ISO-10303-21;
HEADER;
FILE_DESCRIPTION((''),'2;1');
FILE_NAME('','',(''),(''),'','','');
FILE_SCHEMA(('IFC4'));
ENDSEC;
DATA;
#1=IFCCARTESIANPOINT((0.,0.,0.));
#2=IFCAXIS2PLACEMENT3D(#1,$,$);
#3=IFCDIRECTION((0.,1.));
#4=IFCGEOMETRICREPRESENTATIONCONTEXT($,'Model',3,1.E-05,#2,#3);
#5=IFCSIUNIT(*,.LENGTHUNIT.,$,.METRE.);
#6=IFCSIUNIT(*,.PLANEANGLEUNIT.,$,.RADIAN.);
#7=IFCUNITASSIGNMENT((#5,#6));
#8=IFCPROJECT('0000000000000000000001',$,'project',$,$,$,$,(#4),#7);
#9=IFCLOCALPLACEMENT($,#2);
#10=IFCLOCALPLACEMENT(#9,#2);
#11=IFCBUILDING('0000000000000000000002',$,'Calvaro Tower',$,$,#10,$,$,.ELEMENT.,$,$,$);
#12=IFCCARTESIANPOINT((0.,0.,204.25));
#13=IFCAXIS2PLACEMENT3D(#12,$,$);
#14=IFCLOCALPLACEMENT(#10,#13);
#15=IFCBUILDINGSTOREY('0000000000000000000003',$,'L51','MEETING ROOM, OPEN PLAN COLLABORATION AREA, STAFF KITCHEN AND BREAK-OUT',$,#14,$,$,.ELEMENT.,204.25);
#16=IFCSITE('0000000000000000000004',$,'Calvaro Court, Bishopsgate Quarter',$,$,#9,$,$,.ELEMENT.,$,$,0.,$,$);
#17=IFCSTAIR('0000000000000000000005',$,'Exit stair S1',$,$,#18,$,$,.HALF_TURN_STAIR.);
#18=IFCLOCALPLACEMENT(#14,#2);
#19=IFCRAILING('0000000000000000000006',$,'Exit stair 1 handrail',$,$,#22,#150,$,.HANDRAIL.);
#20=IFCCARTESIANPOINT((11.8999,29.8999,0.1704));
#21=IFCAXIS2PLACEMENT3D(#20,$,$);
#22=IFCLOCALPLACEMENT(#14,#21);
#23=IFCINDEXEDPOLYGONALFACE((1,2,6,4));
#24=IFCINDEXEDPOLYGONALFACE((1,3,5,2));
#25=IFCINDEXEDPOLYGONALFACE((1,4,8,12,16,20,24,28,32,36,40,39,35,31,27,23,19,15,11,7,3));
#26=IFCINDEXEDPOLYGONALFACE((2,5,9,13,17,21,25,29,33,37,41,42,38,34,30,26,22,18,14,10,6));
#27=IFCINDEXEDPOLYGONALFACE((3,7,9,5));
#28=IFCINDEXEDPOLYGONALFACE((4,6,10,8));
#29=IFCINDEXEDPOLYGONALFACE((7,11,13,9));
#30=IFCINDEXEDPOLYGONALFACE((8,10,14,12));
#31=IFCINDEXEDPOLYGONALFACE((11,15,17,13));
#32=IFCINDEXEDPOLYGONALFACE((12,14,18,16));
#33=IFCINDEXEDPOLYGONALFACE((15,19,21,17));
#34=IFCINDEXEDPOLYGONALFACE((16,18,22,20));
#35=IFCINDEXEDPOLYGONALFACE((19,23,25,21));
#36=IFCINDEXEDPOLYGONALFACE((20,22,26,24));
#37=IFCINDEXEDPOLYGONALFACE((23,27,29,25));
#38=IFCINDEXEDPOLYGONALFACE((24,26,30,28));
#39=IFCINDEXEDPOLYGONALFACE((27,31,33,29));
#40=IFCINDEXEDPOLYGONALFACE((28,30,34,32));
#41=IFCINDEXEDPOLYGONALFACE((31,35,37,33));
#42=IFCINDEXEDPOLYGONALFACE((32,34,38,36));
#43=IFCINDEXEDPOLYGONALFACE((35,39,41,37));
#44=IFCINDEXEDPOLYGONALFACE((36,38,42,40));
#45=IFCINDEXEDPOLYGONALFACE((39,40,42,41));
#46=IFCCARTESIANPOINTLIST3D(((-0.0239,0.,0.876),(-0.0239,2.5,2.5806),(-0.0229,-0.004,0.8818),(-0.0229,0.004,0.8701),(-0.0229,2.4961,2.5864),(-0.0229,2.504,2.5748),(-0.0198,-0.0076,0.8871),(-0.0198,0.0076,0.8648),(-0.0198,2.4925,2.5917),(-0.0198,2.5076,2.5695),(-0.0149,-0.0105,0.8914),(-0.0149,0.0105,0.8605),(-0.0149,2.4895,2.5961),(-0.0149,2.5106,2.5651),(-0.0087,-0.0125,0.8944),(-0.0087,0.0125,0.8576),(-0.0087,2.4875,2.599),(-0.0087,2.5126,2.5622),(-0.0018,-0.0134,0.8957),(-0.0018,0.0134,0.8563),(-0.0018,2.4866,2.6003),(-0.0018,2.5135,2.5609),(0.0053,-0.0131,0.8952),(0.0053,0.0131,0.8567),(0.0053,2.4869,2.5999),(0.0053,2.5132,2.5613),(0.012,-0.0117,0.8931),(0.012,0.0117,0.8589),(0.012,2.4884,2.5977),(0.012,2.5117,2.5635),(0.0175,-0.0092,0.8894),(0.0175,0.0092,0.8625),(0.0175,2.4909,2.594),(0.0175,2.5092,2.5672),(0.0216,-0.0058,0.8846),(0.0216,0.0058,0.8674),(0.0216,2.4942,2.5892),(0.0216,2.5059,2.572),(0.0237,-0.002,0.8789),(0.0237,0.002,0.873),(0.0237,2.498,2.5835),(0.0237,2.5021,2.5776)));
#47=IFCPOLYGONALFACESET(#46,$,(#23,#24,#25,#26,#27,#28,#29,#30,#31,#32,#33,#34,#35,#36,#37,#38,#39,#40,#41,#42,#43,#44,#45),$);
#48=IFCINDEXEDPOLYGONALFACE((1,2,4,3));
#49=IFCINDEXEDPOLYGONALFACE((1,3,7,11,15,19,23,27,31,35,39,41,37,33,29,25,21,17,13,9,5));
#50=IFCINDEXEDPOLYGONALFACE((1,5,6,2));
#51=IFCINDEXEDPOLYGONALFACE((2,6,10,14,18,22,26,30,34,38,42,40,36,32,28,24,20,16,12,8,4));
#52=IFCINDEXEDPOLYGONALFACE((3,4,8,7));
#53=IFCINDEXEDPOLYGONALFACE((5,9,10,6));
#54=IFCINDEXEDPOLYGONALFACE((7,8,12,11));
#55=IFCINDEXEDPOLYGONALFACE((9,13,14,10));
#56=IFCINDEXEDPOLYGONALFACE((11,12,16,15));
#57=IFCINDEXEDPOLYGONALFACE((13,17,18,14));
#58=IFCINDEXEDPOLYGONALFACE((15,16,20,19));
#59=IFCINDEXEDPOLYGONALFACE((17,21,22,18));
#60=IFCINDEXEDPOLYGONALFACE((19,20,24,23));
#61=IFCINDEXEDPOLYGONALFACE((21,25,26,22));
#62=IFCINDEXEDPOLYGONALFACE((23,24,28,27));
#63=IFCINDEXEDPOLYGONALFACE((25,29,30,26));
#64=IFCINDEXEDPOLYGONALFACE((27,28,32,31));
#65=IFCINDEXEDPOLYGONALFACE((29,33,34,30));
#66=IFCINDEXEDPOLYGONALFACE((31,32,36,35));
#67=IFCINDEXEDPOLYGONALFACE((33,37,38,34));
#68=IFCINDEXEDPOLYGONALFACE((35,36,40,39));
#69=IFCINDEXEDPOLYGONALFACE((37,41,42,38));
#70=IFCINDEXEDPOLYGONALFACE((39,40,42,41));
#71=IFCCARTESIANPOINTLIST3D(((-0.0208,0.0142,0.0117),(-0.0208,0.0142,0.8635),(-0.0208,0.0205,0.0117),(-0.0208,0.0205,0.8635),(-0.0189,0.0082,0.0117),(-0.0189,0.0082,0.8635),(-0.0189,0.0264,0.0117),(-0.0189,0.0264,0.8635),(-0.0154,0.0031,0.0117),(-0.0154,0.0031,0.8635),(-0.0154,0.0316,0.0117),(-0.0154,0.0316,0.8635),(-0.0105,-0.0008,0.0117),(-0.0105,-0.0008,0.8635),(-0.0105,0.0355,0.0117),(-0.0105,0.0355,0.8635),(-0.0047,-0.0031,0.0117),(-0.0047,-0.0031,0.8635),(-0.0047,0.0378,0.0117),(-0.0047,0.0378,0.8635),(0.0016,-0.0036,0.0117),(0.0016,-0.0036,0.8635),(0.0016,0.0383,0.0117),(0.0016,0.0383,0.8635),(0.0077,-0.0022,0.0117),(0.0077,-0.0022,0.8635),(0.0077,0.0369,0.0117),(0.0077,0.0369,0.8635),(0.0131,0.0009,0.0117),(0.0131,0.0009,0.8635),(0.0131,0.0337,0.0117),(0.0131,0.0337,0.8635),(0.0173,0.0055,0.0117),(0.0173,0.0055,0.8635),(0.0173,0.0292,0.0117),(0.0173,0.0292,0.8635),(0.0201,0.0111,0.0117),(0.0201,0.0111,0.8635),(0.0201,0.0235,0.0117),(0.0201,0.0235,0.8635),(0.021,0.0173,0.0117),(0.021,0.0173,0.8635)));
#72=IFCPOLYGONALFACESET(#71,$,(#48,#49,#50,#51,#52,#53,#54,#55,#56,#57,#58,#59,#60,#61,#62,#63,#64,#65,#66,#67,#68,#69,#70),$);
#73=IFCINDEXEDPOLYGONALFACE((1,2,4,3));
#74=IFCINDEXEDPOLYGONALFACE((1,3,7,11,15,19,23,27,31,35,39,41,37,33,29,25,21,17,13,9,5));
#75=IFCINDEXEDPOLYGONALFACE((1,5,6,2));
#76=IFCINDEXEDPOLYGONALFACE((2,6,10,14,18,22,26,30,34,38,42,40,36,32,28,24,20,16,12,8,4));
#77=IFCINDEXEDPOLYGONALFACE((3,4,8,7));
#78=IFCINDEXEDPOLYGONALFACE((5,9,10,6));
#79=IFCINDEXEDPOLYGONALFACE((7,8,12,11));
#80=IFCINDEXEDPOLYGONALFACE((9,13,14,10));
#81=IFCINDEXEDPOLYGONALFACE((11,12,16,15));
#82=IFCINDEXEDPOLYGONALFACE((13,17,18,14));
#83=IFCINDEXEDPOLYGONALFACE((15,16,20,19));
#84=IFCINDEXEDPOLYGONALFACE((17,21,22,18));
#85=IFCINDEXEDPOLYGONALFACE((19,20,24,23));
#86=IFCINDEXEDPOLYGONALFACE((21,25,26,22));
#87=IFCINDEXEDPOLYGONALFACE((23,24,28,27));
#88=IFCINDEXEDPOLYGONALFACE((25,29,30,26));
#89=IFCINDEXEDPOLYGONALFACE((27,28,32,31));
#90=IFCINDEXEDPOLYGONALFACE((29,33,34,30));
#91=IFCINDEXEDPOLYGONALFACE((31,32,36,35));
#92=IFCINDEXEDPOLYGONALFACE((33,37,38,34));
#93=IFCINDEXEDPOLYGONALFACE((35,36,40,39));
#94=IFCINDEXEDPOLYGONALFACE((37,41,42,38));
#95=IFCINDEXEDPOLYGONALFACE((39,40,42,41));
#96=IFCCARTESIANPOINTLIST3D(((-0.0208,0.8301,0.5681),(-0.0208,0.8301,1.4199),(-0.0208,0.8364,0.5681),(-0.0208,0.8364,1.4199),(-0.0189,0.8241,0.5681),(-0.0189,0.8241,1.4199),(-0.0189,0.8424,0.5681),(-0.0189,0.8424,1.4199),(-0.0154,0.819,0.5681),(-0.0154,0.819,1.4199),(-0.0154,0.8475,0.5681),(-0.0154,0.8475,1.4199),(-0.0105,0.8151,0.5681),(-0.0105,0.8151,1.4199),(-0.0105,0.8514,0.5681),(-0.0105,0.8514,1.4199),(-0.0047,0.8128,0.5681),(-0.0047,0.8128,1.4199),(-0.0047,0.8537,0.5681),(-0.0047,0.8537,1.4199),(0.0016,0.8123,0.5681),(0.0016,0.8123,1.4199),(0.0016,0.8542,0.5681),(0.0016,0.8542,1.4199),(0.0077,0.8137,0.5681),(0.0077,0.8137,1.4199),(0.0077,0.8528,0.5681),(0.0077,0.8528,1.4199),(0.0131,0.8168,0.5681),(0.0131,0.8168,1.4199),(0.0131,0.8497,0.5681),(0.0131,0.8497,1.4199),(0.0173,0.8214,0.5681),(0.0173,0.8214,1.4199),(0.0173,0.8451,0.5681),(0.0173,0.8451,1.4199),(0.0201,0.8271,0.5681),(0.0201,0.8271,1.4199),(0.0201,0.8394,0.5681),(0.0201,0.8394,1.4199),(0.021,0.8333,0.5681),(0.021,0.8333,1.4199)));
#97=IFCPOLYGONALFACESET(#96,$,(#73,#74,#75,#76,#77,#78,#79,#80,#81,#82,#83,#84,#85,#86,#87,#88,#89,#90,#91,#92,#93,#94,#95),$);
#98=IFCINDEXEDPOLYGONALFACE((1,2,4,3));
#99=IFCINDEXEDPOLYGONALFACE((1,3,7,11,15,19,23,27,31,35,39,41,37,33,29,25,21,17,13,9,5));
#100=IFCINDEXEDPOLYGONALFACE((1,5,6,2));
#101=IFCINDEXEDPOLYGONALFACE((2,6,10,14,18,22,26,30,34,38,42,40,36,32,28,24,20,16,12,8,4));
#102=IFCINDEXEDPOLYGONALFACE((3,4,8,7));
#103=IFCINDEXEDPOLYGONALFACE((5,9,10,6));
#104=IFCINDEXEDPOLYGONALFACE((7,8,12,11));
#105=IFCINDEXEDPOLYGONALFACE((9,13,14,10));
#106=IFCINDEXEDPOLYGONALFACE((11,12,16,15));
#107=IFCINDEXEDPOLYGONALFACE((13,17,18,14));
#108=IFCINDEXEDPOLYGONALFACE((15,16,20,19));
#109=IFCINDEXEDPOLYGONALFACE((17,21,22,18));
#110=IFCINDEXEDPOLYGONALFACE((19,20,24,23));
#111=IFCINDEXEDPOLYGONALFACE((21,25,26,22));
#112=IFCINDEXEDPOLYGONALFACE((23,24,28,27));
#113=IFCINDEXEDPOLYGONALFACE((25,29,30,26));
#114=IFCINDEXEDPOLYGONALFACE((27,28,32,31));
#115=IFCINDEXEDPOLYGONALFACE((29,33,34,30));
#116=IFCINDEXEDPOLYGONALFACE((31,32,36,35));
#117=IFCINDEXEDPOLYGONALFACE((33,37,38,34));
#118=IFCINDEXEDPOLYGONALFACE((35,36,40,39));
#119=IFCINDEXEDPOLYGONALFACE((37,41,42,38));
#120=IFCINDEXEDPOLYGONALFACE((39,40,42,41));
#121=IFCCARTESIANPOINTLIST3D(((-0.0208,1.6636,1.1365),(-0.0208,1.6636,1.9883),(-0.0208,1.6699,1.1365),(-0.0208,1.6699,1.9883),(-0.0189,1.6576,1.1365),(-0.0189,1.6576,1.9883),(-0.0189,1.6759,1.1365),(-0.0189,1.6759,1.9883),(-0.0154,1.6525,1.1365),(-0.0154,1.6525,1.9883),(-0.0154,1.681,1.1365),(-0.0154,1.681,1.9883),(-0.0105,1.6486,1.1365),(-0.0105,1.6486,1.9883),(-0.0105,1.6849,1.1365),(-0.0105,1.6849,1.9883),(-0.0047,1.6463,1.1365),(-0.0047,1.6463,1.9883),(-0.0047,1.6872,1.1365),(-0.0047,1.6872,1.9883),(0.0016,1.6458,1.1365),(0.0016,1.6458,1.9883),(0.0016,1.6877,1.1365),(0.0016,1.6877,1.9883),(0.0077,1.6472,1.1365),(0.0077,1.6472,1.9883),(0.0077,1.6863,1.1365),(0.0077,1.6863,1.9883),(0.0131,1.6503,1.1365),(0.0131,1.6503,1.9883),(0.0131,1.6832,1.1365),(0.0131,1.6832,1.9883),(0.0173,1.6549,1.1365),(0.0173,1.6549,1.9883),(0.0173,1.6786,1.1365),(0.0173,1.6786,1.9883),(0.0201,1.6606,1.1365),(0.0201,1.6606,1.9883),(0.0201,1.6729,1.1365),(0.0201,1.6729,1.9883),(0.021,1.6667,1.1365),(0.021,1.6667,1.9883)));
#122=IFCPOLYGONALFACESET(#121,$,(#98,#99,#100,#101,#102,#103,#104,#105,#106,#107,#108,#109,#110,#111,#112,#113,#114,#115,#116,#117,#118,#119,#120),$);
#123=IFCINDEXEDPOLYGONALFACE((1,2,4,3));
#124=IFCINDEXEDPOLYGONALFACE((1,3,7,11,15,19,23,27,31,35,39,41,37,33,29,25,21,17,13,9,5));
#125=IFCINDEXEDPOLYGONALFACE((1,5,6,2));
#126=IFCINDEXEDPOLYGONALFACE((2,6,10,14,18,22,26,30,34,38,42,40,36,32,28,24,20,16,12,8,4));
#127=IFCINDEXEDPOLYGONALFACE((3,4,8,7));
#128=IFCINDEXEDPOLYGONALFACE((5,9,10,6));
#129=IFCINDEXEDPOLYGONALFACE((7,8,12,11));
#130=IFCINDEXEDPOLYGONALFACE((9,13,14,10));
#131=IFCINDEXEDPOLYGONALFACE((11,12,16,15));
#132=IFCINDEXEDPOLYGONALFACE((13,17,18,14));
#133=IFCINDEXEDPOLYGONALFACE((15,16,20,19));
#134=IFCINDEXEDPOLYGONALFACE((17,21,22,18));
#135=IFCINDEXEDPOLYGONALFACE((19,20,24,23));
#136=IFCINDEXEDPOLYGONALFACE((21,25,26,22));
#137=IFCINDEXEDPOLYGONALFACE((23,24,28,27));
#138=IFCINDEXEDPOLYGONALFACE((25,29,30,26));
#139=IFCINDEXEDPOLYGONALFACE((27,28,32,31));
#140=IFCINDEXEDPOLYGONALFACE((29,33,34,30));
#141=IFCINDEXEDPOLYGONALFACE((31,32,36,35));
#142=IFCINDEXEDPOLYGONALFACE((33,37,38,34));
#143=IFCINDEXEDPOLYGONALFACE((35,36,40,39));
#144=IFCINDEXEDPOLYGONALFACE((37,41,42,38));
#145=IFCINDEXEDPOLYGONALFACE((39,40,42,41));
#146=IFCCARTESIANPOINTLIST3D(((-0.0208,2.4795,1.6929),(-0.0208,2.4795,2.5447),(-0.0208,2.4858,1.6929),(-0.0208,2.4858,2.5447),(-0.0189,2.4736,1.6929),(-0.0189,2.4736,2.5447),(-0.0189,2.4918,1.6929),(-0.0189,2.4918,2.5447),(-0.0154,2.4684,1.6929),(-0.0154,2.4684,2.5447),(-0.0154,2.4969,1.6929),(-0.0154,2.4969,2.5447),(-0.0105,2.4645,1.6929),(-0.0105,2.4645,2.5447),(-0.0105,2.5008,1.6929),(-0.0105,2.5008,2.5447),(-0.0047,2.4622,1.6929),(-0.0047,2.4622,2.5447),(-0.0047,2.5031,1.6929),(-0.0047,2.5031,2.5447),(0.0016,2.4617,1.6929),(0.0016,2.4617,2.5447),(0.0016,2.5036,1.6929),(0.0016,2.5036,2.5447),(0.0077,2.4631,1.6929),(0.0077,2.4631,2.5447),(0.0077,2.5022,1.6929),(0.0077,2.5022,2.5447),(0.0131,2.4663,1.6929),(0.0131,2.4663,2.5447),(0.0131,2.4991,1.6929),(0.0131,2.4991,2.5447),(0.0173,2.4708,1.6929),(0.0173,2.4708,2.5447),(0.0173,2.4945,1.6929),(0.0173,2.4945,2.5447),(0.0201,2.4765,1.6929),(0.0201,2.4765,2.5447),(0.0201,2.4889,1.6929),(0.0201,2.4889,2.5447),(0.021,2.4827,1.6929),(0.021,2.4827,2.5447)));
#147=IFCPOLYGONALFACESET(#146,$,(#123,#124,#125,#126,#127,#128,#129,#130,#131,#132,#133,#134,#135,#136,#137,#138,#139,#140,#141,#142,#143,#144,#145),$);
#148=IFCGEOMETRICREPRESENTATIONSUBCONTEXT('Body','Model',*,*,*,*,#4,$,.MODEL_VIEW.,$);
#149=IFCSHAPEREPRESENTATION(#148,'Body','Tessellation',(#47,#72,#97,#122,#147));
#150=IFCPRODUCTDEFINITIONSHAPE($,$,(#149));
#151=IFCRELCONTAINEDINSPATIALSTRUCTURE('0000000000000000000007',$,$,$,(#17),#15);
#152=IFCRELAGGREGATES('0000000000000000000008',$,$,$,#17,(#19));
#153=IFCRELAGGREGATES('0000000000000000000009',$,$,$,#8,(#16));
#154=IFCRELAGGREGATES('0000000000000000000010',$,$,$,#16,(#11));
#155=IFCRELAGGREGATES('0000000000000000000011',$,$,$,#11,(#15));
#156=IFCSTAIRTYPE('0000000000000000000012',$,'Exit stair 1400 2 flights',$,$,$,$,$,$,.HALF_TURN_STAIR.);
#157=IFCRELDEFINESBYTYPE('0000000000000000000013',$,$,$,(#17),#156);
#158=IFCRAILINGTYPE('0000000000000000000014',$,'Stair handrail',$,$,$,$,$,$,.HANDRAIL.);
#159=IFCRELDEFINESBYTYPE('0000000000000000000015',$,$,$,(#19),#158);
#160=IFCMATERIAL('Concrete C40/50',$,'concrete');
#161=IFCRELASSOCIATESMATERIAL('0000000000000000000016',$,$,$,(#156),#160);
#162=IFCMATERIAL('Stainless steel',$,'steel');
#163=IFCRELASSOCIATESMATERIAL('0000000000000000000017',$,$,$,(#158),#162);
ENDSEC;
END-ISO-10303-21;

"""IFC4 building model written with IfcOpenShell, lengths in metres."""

from ifc_helpers import new_model, si_unit, direction, frame, origin, origin_2d, place, context, subcontext, project, spatial, circle, extrude, material, type_object, element, aggregate, save


model = new_model("IFC4")

# Units and contexts
model_context = context("Model", 3, precision=1e-05, world=origin(), true_north=direction((0.0, 1.0)))
body_context = subcontext(model_context, "Body", "Model", "MODEL_VIEW")
ifc_project = project(units=[si_unit("LENGTHUNIT", "METRE"), si_unit("PLANEANGLEUNIT", "RADIAN")], contexts=[model_context])

# Site, building, storey
site_placement = place(None, origin())
site = spatial("IfcSite", under=ifc_project, at=site_placement, Name="Calvaro Court, Bishopsgate Quarter", CompositionType="ELEMENT", RefElevation=0.0)
building_placement = place(site_placement, origin())
building = spatial("IfcBuilding", under=site, at=building_placement, Name="Calvaro Tower", CompositionType="ELEMENT")
storey_placement = place(building_placement, frame((0.0, 0.0, 204.25)))
storey = spatial("IfcBuildingStorey", under=building, at=storey_placement, Name="L51", Description="MEETING ROOM, OPEN PLAN COLLABORATION AREA, STAFF KITCHEN AND BREAK-OUT", CompositionType="ELEMENT", Elevation=204.25)

# Stair, railing
ifc_material_1 = material(Name="Concrete C40/50", Category="concrete")
stair_type = type_object("IfcStairType", Name="Exit stair 1400 2 flights", PredefinedType="HALF_TURN_STAIR", material=ifc_material_1)
stair_placement = place(storey_placement, origin())
stair = element("IfcStair", 1, at=stair_placement, inside=storey, type_object=stair_type, Name="Exit stair S1", PredefinedType="HALF_TURN_STAIR")
ifc_material_2 = material(Name="Stainless steel", Category="steel")
railing_type = type_object("IfcRailingType", Name="Stair handrail", PredefinedType="HANDRAIL", material=ifc_material_2)
railing_1_placement = place(storey_placement, frame((11.8999, 29.8999, 0.1704)))
railing_1 = element("IfcRailing", 2, at=railing_1_placement, type_object=railing_type, Name="Exit stair 1 handrail", PredefinedType="HANDRAIL", context=body_context, shape_type="SweptSolid", body=[
    extrude(circle(Radius=0.0239, at=origin_2d()), frame((0.0, 0.0, 0.876), z_axis=(0.0, 0.826221, 0.563347), x_axis=(-1.0, 0.0, 0.0)), (0.0, 0.0, 1.0), 3.0259),
    extrude(circle(Radius=0.021, at=origin_2d()), frame((0.0, 0.0173, 0.0117)), (0.0, 0.0, 1.0), 0.8518),
    extrude(circle(Radius=0.021, at=origin_2d()), frame((0.0, 0.8333, 0.5681)), (0.0, 0.0, 1.0), 0.8518),
    extrude(circle(Radius=0.021, at=origin_2d()), frame((0.0, 1.6667, 1.1365)), (0.0, 0.0, 1.0), 0.8518),
    extrude(circle(Radius=0.021, at=origin_2d()), frame((0.0, 2.4827, 1.6929)), (0.0, 0.0, 1.0), 0.8518),
])
aggregate(stair, [railing_1])

save(model, "model.ifc")
